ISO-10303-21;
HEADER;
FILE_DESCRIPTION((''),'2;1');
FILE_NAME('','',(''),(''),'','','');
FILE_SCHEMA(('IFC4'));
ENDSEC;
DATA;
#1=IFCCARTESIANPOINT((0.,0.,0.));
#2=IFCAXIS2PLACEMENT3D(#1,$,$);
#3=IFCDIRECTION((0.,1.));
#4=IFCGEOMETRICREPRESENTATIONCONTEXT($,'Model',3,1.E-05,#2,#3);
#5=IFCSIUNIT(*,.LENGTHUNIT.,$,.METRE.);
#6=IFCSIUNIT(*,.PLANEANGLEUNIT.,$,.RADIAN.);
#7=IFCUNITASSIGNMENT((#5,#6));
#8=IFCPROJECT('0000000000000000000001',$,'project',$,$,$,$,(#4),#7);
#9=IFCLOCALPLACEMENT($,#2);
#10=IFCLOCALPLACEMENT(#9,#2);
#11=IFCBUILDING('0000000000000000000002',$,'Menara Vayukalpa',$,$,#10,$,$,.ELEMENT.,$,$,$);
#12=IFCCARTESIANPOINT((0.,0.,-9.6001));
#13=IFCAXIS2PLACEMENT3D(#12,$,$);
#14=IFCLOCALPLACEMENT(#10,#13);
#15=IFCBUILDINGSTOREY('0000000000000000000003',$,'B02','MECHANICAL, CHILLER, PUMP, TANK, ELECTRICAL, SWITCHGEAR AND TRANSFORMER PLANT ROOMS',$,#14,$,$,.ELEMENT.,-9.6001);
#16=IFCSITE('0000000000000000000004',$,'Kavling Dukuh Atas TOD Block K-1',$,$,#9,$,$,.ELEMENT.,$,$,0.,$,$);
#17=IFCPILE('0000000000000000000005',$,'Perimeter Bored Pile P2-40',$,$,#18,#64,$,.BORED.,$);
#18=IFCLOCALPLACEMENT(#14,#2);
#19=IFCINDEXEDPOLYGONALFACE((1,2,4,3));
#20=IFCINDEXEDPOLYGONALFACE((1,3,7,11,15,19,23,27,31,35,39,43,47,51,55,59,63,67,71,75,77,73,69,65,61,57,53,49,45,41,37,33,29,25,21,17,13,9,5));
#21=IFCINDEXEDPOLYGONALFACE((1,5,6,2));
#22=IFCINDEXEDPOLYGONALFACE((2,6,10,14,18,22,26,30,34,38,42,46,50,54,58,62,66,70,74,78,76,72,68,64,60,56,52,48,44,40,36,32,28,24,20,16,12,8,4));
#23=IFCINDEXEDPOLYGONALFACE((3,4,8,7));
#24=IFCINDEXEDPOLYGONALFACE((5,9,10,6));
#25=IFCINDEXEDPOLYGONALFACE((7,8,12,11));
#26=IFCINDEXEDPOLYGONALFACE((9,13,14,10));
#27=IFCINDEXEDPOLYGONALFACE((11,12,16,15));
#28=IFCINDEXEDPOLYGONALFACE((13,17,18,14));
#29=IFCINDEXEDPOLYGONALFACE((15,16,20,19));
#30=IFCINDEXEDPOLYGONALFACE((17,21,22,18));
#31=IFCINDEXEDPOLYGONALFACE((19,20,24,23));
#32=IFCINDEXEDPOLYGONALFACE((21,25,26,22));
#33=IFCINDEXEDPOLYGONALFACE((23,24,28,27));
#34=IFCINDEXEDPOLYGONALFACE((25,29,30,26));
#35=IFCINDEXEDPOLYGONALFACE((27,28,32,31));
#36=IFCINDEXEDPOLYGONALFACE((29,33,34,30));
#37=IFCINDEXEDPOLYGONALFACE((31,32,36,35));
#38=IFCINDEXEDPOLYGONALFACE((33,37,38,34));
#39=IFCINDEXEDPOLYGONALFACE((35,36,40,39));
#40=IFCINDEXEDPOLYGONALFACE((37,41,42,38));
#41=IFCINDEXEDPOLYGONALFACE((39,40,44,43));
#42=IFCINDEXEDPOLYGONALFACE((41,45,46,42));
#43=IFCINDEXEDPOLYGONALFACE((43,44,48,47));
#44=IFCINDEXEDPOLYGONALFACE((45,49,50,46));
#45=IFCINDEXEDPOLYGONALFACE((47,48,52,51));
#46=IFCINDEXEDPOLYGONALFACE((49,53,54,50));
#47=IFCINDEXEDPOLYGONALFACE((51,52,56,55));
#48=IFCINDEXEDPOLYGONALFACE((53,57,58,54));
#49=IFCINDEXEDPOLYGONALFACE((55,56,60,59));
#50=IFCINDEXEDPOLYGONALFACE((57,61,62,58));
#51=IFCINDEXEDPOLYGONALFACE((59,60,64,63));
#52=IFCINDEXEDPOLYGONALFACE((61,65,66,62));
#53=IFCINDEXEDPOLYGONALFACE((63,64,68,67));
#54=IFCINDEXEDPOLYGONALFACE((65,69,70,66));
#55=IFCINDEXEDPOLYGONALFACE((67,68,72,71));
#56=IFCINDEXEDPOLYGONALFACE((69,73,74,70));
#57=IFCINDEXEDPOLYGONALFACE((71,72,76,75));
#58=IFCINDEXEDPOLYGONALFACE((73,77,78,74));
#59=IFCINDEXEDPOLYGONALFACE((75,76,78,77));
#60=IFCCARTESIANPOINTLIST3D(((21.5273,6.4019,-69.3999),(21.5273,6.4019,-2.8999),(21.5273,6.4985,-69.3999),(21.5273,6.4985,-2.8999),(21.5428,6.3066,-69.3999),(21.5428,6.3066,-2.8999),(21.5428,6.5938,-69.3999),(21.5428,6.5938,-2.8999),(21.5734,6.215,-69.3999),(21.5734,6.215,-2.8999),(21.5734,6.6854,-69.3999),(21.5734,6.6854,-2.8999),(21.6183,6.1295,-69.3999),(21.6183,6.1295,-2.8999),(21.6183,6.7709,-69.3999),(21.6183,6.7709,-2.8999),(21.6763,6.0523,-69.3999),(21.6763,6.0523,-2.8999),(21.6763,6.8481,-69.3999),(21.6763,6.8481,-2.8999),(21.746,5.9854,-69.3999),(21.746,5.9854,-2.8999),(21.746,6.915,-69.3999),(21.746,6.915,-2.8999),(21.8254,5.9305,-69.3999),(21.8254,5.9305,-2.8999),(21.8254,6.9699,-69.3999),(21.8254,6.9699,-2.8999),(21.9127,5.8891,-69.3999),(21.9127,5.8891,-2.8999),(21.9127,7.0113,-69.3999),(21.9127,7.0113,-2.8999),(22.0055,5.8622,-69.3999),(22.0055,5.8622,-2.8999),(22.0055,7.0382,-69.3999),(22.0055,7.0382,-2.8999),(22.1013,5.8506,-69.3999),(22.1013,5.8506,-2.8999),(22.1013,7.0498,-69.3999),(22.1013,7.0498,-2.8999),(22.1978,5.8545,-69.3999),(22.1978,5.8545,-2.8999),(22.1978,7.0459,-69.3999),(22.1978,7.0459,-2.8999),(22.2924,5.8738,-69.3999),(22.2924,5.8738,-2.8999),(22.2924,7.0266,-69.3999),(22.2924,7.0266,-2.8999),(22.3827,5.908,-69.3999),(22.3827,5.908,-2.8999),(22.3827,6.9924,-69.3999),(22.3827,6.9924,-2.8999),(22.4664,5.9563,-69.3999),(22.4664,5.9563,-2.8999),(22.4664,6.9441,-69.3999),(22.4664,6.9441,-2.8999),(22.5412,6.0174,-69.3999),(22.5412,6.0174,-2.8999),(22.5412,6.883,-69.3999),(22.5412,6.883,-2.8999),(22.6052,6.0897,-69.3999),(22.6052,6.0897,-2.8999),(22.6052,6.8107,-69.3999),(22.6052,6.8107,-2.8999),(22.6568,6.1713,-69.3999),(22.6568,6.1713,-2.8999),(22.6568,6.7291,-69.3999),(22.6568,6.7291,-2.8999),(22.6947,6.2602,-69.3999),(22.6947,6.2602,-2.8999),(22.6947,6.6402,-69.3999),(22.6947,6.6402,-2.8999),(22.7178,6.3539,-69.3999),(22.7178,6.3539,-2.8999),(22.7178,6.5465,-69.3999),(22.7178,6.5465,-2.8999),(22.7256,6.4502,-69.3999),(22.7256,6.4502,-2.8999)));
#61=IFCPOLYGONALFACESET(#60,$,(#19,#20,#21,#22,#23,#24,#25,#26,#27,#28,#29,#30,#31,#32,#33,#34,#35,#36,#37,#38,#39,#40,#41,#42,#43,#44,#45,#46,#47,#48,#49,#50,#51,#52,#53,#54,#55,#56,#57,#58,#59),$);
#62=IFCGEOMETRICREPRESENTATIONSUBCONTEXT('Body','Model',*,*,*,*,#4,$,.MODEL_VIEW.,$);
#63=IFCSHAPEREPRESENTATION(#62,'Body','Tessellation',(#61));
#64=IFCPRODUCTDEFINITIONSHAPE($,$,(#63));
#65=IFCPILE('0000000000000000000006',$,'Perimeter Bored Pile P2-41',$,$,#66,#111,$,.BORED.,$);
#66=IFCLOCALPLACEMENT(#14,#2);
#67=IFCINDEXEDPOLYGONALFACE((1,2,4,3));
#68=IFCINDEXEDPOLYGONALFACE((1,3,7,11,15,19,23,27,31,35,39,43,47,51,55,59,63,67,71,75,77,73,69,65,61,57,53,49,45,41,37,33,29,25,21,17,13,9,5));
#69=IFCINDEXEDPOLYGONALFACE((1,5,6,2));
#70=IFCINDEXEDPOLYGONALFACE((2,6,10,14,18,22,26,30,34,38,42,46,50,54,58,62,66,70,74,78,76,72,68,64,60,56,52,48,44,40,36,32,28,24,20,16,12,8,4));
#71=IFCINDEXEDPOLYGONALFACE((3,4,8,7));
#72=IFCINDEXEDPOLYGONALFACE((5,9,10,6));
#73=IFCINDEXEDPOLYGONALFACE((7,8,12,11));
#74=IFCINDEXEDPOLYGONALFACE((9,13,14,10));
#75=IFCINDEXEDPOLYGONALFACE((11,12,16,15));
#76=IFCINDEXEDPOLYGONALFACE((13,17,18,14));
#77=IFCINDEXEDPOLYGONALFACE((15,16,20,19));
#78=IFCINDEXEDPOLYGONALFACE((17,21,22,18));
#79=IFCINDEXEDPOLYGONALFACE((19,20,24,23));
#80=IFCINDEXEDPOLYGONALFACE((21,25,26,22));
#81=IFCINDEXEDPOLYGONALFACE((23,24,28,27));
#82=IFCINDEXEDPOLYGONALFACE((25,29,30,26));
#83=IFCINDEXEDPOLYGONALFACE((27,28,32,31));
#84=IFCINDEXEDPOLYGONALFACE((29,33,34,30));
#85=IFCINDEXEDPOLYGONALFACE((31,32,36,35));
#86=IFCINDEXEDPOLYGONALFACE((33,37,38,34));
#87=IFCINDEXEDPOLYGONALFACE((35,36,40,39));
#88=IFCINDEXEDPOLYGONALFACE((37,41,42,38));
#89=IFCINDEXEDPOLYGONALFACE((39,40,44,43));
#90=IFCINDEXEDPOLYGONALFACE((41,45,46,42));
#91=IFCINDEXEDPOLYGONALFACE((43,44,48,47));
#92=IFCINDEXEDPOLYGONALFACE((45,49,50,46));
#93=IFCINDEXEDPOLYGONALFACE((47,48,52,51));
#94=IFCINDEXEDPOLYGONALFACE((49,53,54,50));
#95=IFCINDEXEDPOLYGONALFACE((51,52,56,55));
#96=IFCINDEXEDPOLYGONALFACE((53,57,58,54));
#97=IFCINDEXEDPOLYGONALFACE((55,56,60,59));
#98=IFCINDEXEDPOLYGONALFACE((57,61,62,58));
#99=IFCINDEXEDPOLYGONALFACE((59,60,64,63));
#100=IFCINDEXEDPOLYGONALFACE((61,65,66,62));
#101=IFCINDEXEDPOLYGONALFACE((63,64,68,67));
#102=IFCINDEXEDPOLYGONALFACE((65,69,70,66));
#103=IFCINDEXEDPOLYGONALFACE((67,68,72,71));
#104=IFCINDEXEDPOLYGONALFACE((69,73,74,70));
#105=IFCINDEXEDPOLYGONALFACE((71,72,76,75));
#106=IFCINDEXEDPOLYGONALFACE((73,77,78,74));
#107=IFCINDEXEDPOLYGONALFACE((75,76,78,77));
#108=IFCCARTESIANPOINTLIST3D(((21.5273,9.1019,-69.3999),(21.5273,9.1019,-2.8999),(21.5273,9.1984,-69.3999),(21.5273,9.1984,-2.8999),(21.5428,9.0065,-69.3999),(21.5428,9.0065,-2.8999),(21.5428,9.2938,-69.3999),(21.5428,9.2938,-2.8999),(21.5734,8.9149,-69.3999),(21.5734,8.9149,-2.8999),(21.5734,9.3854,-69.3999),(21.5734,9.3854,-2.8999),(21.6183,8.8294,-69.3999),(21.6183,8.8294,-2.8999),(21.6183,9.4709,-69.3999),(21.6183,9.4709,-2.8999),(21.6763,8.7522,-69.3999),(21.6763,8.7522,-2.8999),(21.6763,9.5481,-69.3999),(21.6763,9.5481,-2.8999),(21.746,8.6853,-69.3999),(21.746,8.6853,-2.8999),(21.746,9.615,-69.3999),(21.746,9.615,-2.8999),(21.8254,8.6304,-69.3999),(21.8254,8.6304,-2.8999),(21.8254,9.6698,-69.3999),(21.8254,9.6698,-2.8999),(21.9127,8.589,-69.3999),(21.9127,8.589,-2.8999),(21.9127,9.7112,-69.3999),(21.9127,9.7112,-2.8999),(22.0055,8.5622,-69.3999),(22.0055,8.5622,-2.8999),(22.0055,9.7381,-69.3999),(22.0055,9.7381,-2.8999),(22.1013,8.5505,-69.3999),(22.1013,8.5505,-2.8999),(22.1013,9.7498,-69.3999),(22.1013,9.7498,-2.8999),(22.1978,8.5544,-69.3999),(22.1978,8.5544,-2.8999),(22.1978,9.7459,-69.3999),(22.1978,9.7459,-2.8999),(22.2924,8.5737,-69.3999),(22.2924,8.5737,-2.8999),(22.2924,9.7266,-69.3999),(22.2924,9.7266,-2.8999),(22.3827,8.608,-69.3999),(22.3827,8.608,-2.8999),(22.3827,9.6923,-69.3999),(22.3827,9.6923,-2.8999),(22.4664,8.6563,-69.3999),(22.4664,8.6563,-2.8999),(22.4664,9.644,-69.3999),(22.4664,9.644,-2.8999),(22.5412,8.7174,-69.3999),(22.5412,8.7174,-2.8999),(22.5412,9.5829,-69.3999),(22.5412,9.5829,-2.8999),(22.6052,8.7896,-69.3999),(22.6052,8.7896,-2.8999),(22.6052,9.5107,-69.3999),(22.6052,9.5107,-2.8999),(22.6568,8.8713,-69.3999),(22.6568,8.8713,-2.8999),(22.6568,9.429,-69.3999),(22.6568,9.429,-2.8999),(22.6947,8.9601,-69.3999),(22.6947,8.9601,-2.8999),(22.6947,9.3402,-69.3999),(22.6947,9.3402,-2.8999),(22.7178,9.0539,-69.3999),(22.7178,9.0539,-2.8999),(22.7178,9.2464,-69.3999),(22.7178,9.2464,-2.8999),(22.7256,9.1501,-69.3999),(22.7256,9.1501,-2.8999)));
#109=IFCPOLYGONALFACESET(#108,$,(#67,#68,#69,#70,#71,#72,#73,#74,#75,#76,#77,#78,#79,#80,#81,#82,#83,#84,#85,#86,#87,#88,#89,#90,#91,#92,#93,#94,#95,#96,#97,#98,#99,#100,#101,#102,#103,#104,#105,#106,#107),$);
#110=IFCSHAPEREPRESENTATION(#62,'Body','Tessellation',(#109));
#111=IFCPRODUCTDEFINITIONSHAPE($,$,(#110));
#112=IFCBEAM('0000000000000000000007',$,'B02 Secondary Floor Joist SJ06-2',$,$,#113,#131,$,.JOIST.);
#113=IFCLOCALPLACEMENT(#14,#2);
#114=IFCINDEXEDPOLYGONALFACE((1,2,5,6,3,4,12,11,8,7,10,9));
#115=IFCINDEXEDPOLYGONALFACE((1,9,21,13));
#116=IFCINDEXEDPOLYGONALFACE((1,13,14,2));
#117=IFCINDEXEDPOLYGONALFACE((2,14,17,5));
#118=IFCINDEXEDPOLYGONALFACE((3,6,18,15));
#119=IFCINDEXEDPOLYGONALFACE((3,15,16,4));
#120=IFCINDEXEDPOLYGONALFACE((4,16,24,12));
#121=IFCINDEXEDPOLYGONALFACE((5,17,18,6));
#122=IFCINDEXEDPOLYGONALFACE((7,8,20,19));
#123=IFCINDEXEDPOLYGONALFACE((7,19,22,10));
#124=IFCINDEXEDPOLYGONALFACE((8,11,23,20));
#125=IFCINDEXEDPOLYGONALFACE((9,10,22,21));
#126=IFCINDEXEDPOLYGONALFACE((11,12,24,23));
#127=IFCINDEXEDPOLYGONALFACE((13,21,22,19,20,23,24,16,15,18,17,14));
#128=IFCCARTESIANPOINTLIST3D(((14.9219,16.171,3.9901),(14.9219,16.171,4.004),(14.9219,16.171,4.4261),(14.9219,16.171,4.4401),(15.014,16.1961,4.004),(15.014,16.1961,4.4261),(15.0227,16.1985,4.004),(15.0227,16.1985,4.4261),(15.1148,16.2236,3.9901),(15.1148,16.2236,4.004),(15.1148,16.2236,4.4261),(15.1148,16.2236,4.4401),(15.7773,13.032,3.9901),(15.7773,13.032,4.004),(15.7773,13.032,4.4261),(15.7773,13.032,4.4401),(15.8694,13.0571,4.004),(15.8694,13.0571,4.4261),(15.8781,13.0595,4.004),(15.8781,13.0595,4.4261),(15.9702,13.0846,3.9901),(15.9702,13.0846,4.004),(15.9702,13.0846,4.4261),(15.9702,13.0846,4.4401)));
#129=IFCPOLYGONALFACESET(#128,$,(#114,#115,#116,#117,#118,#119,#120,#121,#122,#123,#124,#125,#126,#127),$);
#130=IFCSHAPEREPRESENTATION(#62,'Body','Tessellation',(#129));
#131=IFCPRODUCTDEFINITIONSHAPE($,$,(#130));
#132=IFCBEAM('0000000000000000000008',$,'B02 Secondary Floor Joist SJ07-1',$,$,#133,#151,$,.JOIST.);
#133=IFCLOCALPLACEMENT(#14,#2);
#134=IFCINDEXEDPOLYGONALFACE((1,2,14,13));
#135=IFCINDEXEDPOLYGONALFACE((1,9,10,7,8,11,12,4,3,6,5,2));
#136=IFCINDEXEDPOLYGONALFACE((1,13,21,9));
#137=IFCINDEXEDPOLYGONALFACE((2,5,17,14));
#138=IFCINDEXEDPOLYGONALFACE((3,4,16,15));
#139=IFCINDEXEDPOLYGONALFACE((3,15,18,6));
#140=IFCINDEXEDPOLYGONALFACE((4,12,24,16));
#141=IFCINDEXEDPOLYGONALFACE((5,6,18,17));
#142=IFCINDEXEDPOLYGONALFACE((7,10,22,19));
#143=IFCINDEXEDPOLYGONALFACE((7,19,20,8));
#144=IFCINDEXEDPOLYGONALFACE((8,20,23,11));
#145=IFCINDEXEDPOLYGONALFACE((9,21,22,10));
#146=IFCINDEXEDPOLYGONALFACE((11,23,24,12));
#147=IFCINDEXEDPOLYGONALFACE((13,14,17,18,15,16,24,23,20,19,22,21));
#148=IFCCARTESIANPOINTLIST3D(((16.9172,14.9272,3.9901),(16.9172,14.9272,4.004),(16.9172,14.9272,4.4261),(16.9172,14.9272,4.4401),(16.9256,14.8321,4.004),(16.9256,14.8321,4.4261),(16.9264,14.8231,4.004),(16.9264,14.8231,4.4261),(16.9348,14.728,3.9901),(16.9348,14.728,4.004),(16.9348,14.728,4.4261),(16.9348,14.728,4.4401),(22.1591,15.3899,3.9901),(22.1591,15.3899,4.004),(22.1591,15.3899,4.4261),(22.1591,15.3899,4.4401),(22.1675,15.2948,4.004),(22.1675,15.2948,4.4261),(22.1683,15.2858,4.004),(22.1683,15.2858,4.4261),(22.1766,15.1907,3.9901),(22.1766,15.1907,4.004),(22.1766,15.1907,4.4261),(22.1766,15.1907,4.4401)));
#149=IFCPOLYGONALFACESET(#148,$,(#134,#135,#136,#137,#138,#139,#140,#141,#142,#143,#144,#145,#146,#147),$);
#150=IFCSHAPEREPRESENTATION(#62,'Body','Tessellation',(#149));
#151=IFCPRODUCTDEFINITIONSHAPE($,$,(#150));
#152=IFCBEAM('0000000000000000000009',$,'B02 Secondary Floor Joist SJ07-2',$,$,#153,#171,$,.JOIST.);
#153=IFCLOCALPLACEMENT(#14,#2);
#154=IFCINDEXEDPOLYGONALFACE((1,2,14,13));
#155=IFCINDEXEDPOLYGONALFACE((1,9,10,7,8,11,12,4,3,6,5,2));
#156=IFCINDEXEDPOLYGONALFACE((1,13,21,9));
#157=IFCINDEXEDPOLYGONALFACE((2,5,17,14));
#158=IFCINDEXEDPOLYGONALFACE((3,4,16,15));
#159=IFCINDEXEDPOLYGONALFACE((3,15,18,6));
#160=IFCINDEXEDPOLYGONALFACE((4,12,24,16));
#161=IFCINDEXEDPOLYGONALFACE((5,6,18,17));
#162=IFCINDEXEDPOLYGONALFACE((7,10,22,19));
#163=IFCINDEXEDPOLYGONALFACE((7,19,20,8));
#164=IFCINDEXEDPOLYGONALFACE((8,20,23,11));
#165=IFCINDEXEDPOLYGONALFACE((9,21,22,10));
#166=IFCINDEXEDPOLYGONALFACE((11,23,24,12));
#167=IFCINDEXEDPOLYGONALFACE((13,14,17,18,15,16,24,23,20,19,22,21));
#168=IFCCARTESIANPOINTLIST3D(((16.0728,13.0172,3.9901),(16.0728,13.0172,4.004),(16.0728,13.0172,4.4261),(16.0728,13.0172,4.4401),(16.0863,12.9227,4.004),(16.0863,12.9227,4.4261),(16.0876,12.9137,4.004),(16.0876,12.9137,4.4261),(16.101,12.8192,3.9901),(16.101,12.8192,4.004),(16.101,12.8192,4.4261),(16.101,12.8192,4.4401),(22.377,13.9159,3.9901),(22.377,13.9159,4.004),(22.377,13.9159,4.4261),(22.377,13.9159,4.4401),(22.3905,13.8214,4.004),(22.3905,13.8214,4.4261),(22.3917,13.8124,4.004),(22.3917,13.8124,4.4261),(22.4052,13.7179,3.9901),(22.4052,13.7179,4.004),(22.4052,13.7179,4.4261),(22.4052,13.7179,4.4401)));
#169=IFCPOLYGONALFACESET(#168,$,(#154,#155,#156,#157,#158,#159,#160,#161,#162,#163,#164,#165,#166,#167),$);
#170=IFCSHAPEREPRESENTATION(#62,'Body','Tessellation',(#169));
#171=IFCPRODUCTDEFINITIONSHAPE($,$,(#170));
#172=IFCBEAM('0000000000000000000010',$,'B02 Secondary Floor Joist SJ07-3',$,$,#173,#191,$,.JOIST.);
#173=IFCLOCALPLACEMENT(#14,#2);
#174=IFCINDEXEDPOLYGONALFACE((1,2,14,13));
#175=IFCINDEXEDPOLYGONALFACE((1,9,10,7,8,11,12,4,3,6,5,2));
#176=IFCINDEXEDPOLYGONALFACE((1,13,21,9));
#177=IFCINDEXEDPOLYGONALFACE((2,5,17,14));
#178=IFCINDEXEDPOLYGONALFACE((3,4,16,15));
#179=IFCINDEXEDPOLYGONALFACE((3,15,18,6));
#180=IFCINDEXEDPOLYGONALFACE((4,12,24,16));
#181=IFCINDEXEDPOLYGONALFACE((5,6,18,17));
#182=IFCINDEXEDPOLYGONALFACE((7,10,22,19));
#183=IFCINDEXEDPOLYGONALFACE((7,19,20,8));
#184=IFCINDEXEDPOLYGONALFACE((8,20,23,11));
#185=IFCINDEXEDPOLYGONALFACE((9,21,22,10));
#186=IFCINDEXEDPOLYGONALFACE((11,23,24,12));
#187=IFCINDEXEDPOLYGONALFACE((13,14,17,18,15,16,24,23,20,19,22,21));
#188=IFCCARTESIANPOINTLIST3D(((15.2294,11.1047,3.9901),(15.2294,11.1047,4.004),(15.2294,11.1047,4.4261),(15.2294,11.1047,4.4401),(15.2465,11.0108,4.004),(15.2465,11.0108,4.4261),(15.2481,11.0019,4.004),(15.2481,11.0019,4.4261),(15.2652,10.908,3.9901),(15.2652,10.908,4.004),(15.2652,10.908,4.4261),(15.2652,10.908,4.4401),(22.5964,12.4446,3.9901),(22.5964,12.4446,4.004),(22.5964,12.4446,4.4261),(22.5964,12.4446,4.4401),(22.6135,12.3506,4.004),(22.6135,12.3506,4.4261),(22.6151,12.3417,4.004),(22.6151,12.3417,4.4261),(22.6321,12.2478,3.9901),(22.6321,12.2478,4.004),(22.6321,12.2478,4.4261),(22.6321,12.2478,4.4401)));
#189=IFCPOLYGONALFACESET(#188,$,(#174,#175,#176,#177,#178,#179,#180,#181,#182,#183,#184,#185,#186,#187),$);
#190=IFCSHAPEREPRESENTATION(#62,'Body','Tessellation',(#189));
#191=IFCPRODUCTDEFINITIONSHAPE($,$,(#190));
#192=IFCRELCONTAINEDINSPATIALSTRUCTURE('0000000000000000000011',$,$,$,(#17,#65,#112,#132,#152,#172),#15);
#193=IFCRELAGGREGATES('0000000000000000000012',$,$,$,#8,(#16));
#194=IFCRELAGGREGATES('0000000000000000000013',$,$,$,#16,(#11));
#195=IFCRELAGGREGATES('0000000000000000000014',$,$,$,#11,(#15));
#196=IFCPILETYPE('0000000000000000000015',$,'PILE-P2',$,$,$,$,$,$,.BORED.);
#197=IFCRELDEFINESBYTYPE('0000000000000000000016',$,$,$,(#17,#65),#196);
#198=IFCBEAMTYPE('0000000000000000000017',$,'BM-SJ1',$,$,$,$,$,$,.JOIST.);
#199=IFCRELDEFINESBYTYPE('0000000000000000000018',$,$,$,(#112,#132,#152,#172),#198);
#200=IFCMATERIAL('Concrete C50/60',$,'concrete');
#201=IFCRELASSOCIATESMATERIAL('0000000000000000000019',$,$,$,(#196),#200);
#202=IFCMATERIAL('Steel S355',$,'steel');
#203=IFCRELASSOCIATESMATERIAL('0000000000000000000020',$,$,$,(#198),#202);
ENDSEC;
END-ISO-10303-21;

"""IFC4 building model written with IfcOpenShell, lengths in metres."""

from ifc_helpers import new_model, si_unit, direction, frame, origin, origin_2d, place, context, subcontext, project, spatial, circle, i_section, extrude, material, material_profile, profile_set, type_object, element, save


model = new_model("IFC4")

# Units and contexts
model_context = context("Model", 3, precision=1e-05, world=origin(), true_north=direction((0.0, 1.0)))
body_context = subcontext(model_context, "Body", "Model", "MODEL_VIEW")
ifc_project = project(units=[si_unit("LENGTHUNIT", "METRE"), si_unit("PLANEANGLEUNIT", "RADIAN")], contexts=[model_context])

# Site, building, storey
site_placement = place(None, origin())
site = spatial("IfcSite", under=ifc_project, at=site_placement, Name="Kavling Dukuh Atas TOD Block K-1", CompositionType="ELEMENT", RefElevation=0.0)
building_placement = place(site_placement, origin())
building = spatial("IfcBuilding", under=site, at=building_placement, Name="Menara Vayukalpa", CompositionType="ELEMENT")
storey_placement = place(building_placement, frame((0.0, 0.0, -9.6001)))
storey = spatial("IfcBuildingStorey", under=building, at=storey_placement, Name="B02", Description="MECHANICAL, CHILLER, PUMP, TANK, ELECTRICAL, SWITCHGEAR AND TRANSFORMER PLANT ROOMS", CompositionType="ELEMENT", Elevation=-9.6001)

# Piles
ifc_material_1 = material(Name="Concrete C50/60", Category="concrete")
ifc_material_profile_1 = material_profile(ifc_material_1, circle(Radius=0.6001, at=origin_2d()), Name="PILE D1200")
ifc_profile_set_1 = profile_set([ifc_material_profile_1], Name="Concrete C50/60")
pile_type = type_object("IfcPileType", Name="PILE-P2", PredefinedType="BORED", material=ifc_profile_set_1)
for number, where, z_axis, x_axis, name in (
    (1, (22.1255, 6.4502, -2.8999), (0.0, 0.0, -1.0), (1.0, 0.0, 0.0), "Perimeter Bored Pile P2-40"),
    (2, (22.1255, 9.1501, -2.8999), (0.0, 0.0, -1.0), (1.0, 0.0, 0.0), "Perimeter Bored Pile P2-41"),
):
    element("IfcPile", number, at=place(storey_placement, frame(where, z_axis=z_axis, x_axis=x_axis)), inside=storey, type_object=pile_type, Name=name, PredefinedType="BORED", context=body_context, shape_type="SweptSolid", body=[
        extrude(circle(Radius=0.6001, at=origin_2d()), origin(), (0.0, 0.0, 1.0), 66.5),
    ])

# Beams
ifc_material_2 = material(Name="Steel S355", Category="steel")
ifc_material_profile_2 = material_profile(ifc_material_2, i_section(OverallWidth=0.2, OverallDepth=0.45, WebThickness=0.009, FlangeThickness=0.0139, at=origin_2d()), Name="WF 450x200x9x14")
ifc_profile_set_2 = profile_set([ifc_material_profile_2], Name="Steel S355")
beam_type = type_object("IfcBeamType", Name="BM-SJ1", PredefinedType="JOIST", material=ifc_profile_set_2)
beam_1_placement = place(storey_placement, frame((15.0183, 16.1973, 4.2151), z_axis=(0.262946, -0.964811, 0.0), x_axis=(0.964811, 0.262946, 0.0)))
element("IfcBeam", 3, at=beam_1_placement, inside=storey, type_object=beam_type, Name="B02 Secondary Floor Joist SJ06-2", PredefinedType="JOIST", context=body_context, shape_type="SweptSolid", body=[
    extrude(i_section(OverallWidth=0.2, OverallDepth=0.45, WebThickness=0.009, FlangeThickness=0.0139, at=origin_2d()), origin(), (0.0, 0.0, 1.0), 3.2534),
])
beam_2_placement = place(storey_placement, frame((16.926, 14.8276, 4.2151), z_axis=(0.996128, 0.087917, 0.0), x_axis=(-0.087917, 0.996128, 0.0)))
element("IfcBeam", 4, at=beam_2_placement, inside=storey, type_object=beam_type, Name="B02 Secondary Floor Joist SJ07-1", PredefinedType="JOIST", context=body_context, shape_type="SweptSolid", body=[
    extrude(i_section(OverallWidth=0.2, OverallDepth=0.45, WebThickness=0.009, FlangeThickness=0.0139, at=origin_2d()), origin(), (0.0, 0.0, 1.0), 5.2622),
])
beam_3_placement = place(storey_placement, frame((16.0869, 12.9182, 4.2151), z_axis=(0.989992, 0.141126, 0.0), x_axis=(-0.141126, 0.989992, 0.0)))
element("IfcBeam", 5, at=beam_3_placement, inside=storey, type_object=beam_type, Name="B02 Secondary Floor Joist SJ07-2", PredefinedType="JOIST", context=body_context, shape_type="SweptSolid", body=[
    extrude(i_section(OverallWidth=0.2, OverallDepth=0.45, WebThickness=0.009, FlangeThickness=0.0139, at=origin_2d()), origin(), (0.0, 0.0, 1.0), 6.3679),
])
beam_4_placement = place(storey_placement, frame((15.2473, 11.0063, 4.2151), z_axis=(0.983861, 0.178937, 0.0), x_axis=(-0.178937, 0.983861, 0.0)))
element("IfcBeam", 6, at=beam_4_placement, inside=storey, type_object=beam_type, Name="B02 Secondary Floor Joist SJ07-3", PredefinedType="JOIST", context=body_context, shape_type="SweptSolid", body=[
    extrude(i_section(OverallWidth=0.2, OverallDepth=0.45, WebThickness=0.009, FlangeThickness=0.0139, at=origin_2d()), origin(), (0.0, 0.0, 1.0), 7.4878),
])

save(model, "model.ifc")
